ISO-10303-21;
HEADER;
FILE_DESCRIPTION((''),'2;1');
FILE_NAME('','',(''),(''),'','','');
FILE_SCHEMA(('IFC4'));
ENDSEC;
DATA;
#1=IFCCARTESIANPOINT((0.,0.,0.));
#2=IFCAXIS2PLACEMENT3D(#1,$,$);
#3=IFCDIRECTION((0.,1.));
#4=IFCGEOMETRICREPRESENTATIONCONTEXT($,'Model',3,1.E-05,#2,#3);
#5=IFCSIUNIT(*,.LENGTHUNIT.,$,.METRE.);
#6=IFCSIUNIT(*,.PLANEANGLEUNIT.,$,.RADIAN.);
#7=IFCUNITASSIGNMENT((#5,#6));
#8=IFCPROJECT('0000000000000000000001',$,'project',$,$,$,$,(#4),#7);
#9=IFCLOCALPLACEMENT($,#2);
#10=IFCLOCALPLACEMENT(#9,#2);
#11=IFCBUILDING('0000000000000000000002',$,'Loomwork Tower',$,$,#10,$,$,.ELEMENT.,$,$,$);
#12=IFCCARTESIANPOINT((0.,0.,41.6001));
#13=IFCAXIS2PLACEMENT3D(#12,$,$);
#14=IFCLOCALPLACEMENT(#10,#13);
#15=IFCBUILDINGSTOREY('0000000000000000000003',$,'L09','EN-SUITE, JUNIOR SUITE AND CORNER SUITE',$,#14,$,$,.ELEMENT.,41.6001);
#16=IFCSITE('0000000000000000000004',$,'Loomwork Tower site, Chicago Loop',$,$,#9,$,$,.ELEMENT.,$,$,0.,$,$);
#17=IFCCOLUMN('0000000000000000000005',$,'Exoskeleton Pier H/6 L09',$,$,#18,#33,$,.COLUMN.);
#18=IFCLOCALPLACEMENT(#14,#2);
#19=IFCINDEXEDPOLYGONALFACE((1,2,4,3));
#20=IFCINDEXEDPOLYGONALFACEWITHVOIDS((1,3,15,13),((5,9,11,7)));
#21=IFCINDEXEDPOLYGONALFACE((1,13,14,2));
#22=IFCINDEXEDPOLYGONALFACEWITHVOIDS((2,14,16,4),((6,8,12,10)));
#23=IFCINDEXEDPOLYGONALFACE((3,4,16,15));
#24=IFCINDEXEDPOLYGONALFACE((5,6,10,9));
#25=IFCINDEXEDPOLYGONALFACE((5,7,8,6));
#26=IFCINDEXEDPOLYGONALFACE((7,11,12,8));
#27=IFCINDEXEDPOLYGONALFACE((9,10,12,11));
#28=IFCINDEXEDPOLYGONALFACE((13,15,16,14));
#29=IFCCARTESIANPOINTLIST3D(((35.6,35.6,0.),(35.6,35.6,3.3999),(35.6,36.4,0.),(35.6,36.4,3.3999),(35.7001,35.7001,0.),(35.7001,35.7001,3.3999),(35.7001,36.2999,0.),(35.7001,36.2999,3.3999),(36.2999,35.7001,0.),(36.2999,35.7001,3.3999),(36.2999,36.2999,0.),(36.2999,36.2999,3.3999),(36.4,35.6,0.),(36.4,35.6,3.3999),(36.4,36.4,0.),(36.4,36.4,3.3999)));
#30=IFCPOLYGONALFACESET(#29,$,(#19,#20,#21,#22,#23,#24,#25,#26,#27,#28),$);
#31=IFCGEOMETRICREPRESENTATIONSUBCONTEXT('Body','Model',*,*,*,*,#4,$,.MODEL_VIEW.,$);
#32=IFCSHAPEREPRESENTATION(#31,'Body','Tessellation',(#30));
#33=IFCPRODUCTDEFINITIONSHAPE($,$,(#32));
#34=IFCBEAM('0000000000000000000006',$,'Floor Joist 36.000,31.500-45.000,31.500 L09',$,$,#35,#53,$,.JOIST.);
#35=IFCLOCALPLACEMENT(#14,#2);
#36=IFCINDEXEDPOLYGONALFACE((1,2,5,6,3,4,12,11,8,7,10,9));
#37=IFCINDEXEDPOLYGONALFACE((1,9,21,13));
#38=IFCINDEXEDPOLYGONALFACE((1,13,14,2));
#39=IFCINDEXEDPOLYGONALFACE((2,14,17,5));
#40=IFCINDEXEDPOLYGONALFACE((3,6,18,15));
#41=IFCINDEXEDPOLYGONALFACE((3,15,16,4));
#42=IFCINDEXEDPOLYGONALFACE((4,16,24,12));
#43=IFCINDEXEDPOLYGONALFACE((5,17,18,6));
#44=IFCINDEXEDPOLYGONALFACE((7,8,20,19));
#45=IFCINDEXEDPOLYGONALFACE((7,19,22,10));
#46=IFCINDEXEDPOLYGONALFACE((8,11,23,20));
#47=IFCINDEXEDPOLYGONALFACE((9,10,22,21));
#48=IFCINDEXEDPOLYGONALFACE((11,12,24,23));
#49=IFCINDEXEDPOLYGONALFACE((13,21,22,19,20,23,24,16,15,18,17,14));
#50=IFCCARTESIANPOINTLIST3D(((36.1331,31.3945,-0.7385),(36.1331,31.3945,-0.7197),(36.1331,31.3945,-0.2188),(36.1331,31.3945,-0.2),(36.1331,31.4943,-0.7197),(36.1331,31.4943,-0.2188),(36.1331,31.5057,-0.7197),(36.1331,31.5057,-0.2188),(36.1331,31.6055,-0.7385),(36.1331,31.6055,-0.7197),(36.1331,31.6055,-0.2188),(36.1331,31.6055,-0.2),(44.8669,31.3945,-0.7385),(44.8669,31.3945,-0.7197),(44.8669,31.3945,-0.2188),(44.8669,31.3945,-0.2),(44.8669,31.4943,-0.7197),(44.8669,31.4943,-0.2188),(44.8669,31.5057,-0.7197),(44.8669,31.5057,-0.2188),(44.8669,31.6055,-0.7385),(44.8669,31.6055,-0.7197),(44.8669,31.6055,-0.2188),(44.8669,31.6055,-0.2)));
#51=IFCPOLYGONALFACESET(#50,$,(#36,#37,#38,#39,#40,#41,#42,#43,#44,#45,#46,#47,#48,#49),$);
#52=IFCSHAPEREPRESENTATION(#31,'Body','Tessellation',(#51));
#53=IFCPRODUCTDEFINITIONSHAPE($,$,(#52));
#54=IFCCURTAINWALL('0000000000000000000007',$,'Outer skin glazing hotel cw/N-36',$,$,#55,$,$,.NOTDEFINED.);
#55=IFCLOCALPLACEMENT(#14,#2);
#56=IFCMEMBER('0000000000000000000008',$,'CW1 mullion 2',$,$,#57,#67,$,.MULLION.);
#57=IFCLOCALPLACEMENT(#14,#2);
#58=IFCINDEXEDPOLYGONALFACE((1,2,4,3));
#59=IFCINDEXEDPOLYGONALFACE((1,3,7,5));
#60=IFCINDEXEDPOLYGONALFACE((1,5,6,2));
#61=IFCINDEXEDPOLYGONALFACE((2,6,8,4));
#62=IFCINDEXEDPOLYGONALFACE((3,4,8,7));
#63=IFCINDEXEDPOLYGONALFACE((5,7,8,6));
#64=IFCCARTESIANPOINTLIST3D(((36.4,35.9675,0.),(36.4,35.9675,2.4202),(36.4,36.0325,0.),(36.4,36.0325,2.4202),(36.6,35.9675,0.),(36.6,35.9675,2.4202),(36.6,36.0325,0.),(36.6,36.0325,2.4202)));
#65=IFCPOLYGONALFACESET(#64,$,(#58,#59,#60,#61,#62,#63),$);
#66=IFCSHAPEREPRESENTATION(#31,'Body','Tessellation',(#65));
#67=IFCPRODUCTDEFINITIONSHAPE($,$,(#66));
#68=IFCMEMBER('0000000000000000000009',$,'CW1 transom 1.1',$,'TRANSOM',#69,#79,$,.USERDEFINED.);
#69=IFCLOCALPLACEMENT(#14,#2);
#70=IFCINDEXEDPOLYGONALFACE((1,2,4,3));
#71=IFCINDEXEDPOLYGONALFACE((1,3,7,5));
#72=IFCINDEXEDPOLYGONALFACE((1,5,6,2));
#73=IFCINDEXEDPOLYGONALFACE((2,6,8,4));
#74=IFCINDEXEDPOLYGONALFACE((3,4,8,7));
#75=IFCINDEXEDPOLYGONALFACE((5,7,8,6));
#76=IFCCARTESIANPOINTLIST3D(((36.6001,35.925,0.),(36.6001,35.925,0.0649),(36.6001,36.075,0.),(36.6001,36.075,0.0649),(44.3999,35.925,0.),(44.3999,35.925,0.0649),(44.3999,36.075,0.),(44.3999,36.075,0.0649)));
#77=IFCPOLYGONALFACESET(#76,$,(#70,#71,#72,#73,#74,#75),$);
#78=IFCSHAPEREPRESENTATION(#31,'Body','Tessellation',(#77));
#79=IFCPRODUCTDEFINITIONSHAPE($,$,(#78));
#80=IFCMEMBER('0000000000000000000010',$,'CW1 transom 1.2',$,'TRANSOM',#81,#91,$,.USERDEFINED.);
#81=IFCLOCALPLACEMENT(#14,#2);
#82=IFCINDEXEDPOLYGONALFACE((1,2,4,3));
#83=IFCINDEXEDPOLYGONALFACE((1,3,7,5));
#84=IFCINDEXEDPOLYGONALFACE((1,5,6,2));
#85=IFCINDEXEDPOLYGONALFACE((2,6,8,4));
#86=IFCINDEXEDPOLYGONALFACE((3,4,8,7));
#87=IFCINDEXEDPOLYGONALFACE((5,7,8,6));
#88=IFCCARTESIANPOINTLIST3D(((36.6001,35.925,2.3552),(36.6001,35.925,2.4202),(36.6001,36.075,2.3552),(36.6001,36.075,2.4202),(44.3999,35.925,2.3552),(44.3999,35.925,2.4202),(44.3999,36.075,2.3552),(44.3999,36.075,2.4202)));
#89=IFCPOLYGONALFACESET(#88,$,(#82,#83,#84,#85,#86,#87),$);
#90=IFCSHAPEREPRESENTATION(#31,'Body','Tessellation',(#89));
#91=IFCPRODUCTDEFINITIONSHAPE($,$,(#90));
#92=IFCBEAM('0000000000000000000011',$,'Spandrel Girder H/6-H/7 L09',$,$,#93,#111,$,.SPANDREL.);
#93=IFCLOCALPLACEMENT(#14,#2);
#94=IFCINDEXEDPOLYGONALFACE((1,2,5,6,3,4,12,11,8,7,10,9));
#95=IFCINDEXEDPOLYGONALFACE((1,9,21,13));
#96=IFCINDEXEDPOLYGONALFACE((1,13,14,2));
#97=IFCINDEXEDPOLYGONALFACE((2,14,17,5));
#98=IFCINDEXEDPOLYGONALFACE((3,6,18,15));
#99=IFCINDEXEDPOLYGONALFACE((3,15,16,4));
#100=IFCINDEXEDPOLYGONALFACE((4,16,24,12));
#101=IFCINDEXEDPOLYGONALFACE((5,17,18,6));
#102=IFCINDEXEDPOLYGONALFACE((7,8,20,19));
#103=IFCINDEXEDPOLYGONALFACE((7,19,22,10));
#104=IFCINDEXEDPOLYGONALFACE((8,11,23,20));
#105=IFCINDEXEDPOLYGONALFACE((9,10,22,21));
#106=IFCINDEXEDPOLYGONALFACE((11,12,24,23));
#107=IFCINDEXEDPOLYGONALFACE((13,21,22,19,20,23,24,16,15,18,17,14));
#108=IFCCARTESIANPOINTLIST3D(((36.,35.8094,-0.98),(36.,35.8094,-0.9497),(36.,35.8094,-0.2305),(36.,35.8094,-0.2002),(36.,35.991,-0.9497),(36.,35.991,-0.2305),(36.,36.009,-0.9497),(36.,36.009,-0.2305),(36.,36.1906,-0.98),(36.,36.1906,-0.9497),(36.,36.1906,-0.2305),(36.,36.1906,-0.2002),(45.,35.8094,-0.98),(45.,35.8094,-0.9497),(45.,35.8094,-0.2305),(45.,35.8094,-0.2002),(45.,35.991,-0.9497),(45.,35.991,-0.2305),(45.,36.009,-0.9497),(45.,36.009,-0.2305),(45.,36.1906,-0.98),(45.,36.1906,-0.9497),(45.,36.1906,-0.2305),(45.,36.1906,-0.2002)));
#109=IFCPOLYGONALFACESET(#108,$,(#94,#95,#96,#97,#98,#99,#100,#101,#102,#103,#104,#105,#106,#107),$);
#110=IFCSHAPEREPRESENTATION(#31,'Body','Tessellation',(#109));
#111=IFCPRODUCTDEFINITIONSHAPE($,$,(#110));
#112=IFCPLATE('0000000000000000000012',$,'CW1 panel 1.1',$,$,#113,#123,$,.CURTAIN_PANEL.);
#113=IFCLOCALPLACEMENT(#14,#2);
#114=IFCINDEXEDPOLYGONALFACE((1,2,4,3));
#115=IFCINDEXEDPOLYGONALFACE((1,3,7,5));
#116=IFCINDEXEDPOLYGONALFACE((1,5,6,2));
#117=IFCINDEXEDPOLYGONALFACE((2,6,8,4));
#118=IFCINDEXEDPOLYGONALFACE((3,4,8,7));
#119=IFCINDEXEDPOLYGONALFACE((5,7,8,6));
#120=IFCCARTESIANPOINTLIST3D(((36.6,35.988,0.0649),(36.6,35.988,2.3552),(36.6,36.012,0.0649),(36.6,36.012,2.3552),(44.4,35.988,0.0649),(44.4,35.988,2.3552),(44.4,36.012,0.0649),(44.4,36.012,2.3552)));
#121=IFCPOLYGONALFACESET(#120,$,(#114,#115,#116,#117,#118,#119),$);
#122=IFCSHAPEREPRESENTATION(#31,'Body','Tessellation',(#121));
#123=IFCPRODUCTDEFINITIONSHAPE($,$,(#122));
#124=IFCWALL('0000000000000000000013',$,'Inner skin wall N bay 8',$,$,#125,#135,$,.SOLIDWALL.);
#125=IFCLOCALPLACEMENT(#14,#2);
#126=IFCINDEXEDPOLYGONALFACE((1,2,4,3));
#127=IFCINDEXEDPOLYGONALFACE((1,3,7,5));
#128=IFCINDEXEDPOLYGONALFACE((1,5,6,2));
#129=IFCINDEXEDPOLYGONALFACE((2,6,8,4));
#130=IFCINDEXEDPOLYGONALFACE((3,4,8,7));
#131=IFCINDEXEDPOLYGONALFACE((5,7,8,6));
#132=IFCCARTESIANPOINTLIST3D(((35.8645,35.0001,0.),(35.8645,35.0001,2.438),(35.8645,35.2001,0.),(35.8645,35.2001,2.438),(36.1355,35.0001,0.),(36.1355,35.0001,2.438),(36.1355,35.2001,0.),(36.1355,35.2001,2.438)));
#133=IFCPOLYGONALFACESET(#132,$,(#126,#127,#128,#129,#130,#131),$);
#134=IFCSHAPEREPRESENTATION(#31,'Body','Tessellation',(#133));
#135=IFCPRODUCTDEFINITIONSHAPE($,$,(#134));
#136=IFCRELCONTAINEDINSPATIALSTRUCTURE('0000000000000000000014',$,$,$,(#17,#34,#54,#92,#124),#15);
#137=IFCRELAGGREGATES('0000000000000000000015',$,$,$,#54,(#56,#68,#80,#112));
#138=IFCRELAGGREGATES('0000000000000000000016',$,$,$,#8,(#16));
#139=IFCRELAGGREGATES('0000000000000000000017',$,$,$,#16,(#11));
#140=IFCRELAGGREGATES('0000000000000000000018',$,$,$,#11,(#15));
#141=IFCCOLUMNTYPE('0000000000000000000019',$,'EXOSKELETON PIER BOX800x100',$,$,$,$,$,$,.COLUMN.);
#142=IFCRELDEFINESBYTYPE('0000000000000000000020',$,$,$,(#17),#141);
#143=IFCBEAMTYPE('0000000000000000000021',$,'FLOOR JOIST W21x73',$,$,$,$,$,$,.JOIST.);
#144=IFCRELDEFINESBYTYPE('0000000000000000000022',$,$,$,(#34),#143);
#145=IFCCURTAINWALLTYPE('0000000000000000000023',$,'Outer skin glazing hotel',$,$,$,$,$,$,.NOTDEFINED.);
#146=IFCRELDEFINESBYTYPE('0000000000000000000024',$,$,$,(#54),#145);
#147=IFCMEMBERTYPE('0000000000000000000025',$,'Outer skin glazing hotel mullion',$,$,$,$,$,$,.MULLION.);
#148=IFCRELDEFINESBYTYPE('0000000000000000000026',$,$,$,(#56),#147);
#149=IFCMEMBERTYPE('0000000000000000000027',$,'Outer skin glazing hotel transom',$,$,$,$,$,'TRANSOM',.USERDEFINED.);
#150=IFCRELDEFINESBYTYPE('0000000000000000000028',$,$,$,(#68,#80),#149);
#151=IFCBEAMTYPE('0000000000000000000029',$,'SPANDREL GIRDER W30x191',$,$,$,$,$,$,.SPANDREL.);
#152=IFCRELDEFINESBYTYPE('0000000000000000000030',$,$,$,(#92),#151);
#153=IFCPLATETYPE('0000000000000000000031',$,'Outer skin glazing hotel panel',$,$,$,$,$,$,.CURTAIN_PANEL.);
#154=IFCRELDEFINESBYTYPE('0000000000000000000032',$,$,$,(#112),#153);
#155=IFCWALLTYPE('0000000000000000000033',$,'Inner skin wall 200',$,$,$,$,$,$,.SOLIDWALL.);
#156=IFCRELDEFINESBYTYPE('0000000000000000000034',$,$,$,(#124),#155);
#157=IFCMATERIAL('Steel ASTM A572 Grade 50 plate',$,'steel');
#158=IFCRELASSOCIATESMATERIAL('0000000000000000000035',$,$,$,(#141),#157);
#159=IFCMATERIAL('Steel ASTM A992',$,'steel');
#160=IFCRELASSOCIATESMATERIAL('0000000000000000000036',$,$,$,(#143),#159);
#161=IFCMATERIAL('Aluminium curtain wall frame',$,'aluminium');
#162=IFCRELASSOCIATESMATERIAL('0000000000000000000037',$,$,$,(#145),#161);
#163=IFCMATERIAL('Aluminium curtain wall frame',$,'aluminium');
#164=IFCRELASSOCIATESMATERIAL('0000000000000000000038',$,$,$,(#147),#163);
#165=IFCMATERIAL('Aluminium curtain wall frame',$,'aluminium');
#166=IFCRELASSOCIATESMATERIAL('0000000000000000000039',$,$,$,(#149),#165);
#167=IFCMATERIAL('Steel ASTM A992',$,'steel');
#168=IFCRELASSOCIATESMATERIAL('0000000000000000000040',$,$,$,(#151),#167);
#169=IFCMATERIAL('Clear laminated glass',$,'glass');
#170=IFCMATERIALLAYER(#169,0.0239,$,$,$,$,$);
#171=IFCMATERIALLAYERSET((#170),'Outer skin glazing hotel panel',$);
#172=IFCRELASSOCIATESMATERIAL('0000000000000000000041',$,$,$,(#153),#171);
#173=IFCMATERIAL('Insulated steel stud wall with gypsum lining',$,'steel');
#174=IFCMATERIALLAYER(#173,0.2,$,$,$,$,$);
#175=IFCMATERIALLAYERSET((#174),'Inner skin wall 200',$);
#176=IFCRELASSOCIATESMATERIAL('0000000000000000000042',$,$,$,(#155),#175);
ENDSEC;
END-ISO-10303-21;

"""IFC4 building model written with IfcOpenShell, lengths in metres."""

from ifc_helpers import new_model, si_unit, direction, frame, frame_2d, origin, origin_2d, place, context, subcontext, project, spatial, rectangle, hollow_rectangle, i_section, extrude, material, layer, layer_set, material_profile, profile_set, type_object, element, aggregate, save


model = new_model("IFC4")

# Units and contexts
model_context = context("Model", 3, precision=1e-05, world=origin(), true_north=direction((0.0, 1.0)))
body_context = subcontext(model_context, "Body", "Model", "MODEL_VIEW")
ifc_project = project(units=[si_unit("LENGTHUNIT", "METRE"), si_unit("PLANEANGLEUNIT", "RADIAN")], contexts=[model_context])

# Site, building, storey
site_placement = place(None, origin())
site = spatial("IfcSite", under=ifc_project, at=site_placement, Name="Loomwork Tower site, Chicago Loop", CompositionType="ELEMENT", RefElevation=0.0)
building_placement = place(site_placement, origin())
building = spatial("IfcBuilding", under=site, at=building_placement, Name="Loomwork Tower", CompositionType="ELEMENT")
storey_placement = place(building_placement, frame((0.0, 0.0, 41.6001)))
storey = spatial("IfcBuildingStorey", under=building, at=storey_placement, Name="L09", Description="EN-SUITE, JUNIOR SUITE AND CORNER SUITE", CompositionType="ELEMENT", Elevation=41.6001)

# Column
ifc_material_1 = material(Name="Steel ASTM A572 Grade 50 plate", Category="steel")
ifc_material_profile_1 = material_profile(ifc_material_1, hollow_rectangle(XDim=0.8, YDim=0.8, WallThickness=0.1001, at=origin_2d()), Name="BOX800x100")
ifc_profile_set_1 = profile_set([ifc_material_profile_1], Name="Steel ASTM A572 Grade 50 plate")
column_type = type_object("IfcColumnType", Name="EXOSKELETON PIER BOX800x100", PredefinedType="COLUMN", material=ifc_profile_set_1)
column_placement = place(storey_placement, frame((36.0, 36.0, 0.0), z_axis=(0.0, 0.0, 1.0), x_axis=(1.0, 0.0, 0.0)))
element("IfcColumn", 1, at=column_placement, inside=storey, type_object=column_type, Name="Exoskeleton Pier H/6 L09", PredefinedType="COLUMN", context=body_context, shape_type="SweptSolid", body=[
    extrude(hollow_rectangle(XDim=0.8, YDim=0.8, WallThickness=0.1001, at=origin_2d()), origin(), (0.0, 0.0, 1.0), 3.3999),
])

# Beam
ifc_material_2 = material(Name="Steel ASTM A992", Category="steel")
ifc_material_profile_2 = material_profile(ifc_material_2, i_section(OverallWidth=0.2109, OverallDepth=0.5386, WebThickness=0.0115, FlangeThickness=0.0188, at=origin_2d()), Name="W21x73")
ifc_profile_set_2 = profile_set([ifc_material_profile_2], Name="Steel ASTM A992")
beam_type_1 = type_object("IfcBeamType", Name="FLOOR JOIST W21x73", PredefinedType="JOIST", material=ifc_profile_set_2)
beam_1_placement = place(storey_placement, frame((36.1331, 31.5, -0.4692), z_axis=(1.0, 0.0, 0.0), x_axis=(0.0, 1.0, 0.0)))
element("IfcBeam", 2, at=beam_1_placement, inside=storey, type_object=beam_type_1, Name="Floor Joist 36.000,31.500-45.000,31.500 L09", PredefinedType="JOIST", context=body_context, shape_type="SweptSolid", body=[
    extrude(i_section(OverallWidth=0.2109, OverallDepth=0.5386, WebThickness=0.0115, FlangeThickness=0.0188, at=origin_2d()), origin(), (0.0, 0.0, 1.0), 8.7339),
])

# Curtain wall, members
ifc_material_3 = material(Name="Aluminium curtain wall frame", Category="aluminium")
curtain_wall_type = type_object("IfcCurtainWallType", Name="Outer skin glazing hotel", PredefinedType="NOTDEFINED", material=ifc_material_3)
curtain_wall_placement = place(storey_placement, origin())
curtain_wall = element("IfcCurtainWall", 3, at=curtain_wall_placement, inside=storey, type_object=curtain_wall_type, Name="Outer skin glazing hotel cw/N-36", PredefinedType="NOTDEFINED")
ifc_material_4 = material(Name="Aluminium curtain wall frame", Category="aluminium")
ifc_material_profile_3 = material_profile(ifc_material_4, rectangle(XDim=0.0649, YDim=0.2, at=origin_2d()), Name="AL 65x200")
ifc_profile_set_3 = profile_set([ifc_material_profile_3], Name="Aluminium curtain wall frame")
member_type_1 = type_object("IfcMemberType", Name="Outer skin glazing hotel mullion", PredefinedType="MULLION", material=ifc_profile_set_3)
member_1_placement = place(storey_placement, frame((36.5, 36.0, 0.0), z_axis=(0.0, 0.0, 1.0), x_axis=(0.0, -1.0, 0.0)))
member_1 = element("IfcMember", 4, at=member_1_placement, type_object=member_type_1, Name="CW1 mullion 2", PredefinedType="MULLION", context=body_context, shape_type="SweptSolid", body=[
    extrude(rectangle(XDim=0.0649, YDim=0.2, at=origin_2d()), origin(), (0.0, 0.0, 1.0), 2.4202),
])
ifc_material_5 = material(Name="Aluminium curtain wall frame", Category="aluminium")
ifc_material_profile_4 = material_profile(ifc_material_5, rectangle(XDim=0.1499, YDim=0.0649, at=origin_2d()), Name="AL 65x150")
ifc_profile_set_4 = profile_set([ifc_material_profile_4], Name="Aluminium curtain wall frame")
member_type_2 = type_object("IfcMemberType", Name="Outer skin glazing hotel transom", ElementType="TRANSOM", PredefinedType="USERDEFINED", material=ifc_profile_set_4)
member_2_placement = place(storey_placement, frame((44.3999, 36.0, 0.0325), z_axis=(-1.0, 0.0, 0.0), x_axis=(0.0, -1.0, 0.0)))
member_2 = element("IfcMember", 5, at=member_2_placement, type_object=member_type_2, Name="CW1 transom 1.1", ObjectType="TRANSOM", PredefinedType="USERDEFINED", context=body_context, shape_type="SweptSolid", body=[
    extrude(rectangle(XDim=0.1499, YDim=0.0649, at=origin_2d()), origin(), (0.0, 0.0, 1.0), 7.7998),
])
member_3_placement = place(storey_placement, frame((44.3999, 36.0, 2.3877), z_axis=(-1.0, 0.0, 0.0), x_axis=(0.0, -1.0, 0.0)))
member_3 = element("IfcMember", 6, at=member_3_placement, type_object=member_type_2, Name="CW1 transom 1.2", ObjectType="TRANSOM", PredefinedType="USERDEFINED", context=body_context, shape_type="SweptSolid", body=[
    extrude(rectangle(XDim=0.1499, YDim=0.0649, at=origin_2d()), origin(), (0.0, 0.0, 1.0), 7.7998),
])

# Beam
ifc_material_6 = material(Name="Steel ASTM A992", Category="steel")
ifc_material_profile_5 = material_profile(ifc_material_6, i_section(OverallWidth=0.3811, OverallDepth=0.7798, WebThickness=0.0181, FlangeThickness=0.0303, at=origin_2d()), Name="W30x191")
ifc_profile_set_5 = profile_set([ifc_material_profile_5], Name="Steel ASTM A992")
beam_type_2 = type_object("IfcBeamType", Name="SPANDREL GIRDER W30x191", PredefinedType="SPANDREL", material=ifc_profile_set_5)
beam_2_placement = place(storey_placement, frame((36.0, 36.0, -0.5901), z_axis=(1.0, 0.0, 0.0), x_axis=(0.0, 1.0, 0.0)))
element("IfcBeam", 7, at=beam_2_placement, inside=storey, type_object=beam_type_2, Name="Spandrel Girder H/6-H/7 L09", PredefinedType="SPANDREL", context=body_context, shape_type="SweptSolid", body=[
    extrude(i_section(OverallWidth=0.3811, OverallDepth=0.7798, WebThickness=0.0181, FlangeThickness=0.0303, at=origin_2d()), origin(), (0.0, 0.0, 1.0), 9.0),
])

# Plate
ifc_material_7 = material(Name="Clear laminated glass", Category="glass")
ifc_layer_1 = layer(ifc_material_7, 0.0239)
ifc_layer_set_1 = layer_set([ifc_layer_1], Name="Outer skin glazing hotel panel")
plate_type = type_object("IfcPlateType", Name="Outer skin glazing hotel panel", PredefinedType="CURTAIN_PANEL", material=ifc_layer_set_1)
plate_placement = place(storey_placement, frame((40.5, 36.0, 0.0649), z_axis=(0.0, 0.0, 1.0), x_axis=(-1.0, 0.0, 0.0)))
plate = element("IfcPlate", 8, at=plate_placement, type_object=plate_type, Name="CW1 panel 1.1", PredefinedType="CURTAIN_PANEL", context=body_context, shape_type="SweptSolid", body=[
    extrude(rectangle(XDim=7.8, YDim=0.0239, at=origin_2d()), origin(), (0.0, 0.0, 1.0), 2.2903),
])
aggregate(curtain_wall, [member_1, member_2, member_3, plate])

# Wall
ifc_material_8 = material(Name="Insulated steel stud wall with gypsum lining", Category="steel")
ifc_layer_2 = layer(ifc_material_8, 0.2)
ifc_layer_set_2 = layer_set([ifc_layer_2], Name="Inner skin wall 200")
wall_type = type_object("IfcWallType", Name="Inner skin wall 200", PredefinedType="SOLIDWALL", material=ifc_layer_set_2)
wall_1_placement = place(storey_placement, frame((35.8645, 35.1001, 0.0), z_axis=(0.0, 0.0, 1.0), x_axis=(1.0, 0.0, 0.0)))
element("IfcWall", 9, at=wall_1_placement, inside=storey, type_object=wall_type, Name="Inner skin wall N bay 8", PredefinedType="SOLIDWALL", context=body_context, shape_type="SweptSolid", body=[
    extrude(rectangle(XDim=0.271, YDim=0.2, at=frame_2d((0.1355, 0.0))), origin(), (0.0, 0.0, 1.0), 2.438),
])

save(model, "model.ifc")
